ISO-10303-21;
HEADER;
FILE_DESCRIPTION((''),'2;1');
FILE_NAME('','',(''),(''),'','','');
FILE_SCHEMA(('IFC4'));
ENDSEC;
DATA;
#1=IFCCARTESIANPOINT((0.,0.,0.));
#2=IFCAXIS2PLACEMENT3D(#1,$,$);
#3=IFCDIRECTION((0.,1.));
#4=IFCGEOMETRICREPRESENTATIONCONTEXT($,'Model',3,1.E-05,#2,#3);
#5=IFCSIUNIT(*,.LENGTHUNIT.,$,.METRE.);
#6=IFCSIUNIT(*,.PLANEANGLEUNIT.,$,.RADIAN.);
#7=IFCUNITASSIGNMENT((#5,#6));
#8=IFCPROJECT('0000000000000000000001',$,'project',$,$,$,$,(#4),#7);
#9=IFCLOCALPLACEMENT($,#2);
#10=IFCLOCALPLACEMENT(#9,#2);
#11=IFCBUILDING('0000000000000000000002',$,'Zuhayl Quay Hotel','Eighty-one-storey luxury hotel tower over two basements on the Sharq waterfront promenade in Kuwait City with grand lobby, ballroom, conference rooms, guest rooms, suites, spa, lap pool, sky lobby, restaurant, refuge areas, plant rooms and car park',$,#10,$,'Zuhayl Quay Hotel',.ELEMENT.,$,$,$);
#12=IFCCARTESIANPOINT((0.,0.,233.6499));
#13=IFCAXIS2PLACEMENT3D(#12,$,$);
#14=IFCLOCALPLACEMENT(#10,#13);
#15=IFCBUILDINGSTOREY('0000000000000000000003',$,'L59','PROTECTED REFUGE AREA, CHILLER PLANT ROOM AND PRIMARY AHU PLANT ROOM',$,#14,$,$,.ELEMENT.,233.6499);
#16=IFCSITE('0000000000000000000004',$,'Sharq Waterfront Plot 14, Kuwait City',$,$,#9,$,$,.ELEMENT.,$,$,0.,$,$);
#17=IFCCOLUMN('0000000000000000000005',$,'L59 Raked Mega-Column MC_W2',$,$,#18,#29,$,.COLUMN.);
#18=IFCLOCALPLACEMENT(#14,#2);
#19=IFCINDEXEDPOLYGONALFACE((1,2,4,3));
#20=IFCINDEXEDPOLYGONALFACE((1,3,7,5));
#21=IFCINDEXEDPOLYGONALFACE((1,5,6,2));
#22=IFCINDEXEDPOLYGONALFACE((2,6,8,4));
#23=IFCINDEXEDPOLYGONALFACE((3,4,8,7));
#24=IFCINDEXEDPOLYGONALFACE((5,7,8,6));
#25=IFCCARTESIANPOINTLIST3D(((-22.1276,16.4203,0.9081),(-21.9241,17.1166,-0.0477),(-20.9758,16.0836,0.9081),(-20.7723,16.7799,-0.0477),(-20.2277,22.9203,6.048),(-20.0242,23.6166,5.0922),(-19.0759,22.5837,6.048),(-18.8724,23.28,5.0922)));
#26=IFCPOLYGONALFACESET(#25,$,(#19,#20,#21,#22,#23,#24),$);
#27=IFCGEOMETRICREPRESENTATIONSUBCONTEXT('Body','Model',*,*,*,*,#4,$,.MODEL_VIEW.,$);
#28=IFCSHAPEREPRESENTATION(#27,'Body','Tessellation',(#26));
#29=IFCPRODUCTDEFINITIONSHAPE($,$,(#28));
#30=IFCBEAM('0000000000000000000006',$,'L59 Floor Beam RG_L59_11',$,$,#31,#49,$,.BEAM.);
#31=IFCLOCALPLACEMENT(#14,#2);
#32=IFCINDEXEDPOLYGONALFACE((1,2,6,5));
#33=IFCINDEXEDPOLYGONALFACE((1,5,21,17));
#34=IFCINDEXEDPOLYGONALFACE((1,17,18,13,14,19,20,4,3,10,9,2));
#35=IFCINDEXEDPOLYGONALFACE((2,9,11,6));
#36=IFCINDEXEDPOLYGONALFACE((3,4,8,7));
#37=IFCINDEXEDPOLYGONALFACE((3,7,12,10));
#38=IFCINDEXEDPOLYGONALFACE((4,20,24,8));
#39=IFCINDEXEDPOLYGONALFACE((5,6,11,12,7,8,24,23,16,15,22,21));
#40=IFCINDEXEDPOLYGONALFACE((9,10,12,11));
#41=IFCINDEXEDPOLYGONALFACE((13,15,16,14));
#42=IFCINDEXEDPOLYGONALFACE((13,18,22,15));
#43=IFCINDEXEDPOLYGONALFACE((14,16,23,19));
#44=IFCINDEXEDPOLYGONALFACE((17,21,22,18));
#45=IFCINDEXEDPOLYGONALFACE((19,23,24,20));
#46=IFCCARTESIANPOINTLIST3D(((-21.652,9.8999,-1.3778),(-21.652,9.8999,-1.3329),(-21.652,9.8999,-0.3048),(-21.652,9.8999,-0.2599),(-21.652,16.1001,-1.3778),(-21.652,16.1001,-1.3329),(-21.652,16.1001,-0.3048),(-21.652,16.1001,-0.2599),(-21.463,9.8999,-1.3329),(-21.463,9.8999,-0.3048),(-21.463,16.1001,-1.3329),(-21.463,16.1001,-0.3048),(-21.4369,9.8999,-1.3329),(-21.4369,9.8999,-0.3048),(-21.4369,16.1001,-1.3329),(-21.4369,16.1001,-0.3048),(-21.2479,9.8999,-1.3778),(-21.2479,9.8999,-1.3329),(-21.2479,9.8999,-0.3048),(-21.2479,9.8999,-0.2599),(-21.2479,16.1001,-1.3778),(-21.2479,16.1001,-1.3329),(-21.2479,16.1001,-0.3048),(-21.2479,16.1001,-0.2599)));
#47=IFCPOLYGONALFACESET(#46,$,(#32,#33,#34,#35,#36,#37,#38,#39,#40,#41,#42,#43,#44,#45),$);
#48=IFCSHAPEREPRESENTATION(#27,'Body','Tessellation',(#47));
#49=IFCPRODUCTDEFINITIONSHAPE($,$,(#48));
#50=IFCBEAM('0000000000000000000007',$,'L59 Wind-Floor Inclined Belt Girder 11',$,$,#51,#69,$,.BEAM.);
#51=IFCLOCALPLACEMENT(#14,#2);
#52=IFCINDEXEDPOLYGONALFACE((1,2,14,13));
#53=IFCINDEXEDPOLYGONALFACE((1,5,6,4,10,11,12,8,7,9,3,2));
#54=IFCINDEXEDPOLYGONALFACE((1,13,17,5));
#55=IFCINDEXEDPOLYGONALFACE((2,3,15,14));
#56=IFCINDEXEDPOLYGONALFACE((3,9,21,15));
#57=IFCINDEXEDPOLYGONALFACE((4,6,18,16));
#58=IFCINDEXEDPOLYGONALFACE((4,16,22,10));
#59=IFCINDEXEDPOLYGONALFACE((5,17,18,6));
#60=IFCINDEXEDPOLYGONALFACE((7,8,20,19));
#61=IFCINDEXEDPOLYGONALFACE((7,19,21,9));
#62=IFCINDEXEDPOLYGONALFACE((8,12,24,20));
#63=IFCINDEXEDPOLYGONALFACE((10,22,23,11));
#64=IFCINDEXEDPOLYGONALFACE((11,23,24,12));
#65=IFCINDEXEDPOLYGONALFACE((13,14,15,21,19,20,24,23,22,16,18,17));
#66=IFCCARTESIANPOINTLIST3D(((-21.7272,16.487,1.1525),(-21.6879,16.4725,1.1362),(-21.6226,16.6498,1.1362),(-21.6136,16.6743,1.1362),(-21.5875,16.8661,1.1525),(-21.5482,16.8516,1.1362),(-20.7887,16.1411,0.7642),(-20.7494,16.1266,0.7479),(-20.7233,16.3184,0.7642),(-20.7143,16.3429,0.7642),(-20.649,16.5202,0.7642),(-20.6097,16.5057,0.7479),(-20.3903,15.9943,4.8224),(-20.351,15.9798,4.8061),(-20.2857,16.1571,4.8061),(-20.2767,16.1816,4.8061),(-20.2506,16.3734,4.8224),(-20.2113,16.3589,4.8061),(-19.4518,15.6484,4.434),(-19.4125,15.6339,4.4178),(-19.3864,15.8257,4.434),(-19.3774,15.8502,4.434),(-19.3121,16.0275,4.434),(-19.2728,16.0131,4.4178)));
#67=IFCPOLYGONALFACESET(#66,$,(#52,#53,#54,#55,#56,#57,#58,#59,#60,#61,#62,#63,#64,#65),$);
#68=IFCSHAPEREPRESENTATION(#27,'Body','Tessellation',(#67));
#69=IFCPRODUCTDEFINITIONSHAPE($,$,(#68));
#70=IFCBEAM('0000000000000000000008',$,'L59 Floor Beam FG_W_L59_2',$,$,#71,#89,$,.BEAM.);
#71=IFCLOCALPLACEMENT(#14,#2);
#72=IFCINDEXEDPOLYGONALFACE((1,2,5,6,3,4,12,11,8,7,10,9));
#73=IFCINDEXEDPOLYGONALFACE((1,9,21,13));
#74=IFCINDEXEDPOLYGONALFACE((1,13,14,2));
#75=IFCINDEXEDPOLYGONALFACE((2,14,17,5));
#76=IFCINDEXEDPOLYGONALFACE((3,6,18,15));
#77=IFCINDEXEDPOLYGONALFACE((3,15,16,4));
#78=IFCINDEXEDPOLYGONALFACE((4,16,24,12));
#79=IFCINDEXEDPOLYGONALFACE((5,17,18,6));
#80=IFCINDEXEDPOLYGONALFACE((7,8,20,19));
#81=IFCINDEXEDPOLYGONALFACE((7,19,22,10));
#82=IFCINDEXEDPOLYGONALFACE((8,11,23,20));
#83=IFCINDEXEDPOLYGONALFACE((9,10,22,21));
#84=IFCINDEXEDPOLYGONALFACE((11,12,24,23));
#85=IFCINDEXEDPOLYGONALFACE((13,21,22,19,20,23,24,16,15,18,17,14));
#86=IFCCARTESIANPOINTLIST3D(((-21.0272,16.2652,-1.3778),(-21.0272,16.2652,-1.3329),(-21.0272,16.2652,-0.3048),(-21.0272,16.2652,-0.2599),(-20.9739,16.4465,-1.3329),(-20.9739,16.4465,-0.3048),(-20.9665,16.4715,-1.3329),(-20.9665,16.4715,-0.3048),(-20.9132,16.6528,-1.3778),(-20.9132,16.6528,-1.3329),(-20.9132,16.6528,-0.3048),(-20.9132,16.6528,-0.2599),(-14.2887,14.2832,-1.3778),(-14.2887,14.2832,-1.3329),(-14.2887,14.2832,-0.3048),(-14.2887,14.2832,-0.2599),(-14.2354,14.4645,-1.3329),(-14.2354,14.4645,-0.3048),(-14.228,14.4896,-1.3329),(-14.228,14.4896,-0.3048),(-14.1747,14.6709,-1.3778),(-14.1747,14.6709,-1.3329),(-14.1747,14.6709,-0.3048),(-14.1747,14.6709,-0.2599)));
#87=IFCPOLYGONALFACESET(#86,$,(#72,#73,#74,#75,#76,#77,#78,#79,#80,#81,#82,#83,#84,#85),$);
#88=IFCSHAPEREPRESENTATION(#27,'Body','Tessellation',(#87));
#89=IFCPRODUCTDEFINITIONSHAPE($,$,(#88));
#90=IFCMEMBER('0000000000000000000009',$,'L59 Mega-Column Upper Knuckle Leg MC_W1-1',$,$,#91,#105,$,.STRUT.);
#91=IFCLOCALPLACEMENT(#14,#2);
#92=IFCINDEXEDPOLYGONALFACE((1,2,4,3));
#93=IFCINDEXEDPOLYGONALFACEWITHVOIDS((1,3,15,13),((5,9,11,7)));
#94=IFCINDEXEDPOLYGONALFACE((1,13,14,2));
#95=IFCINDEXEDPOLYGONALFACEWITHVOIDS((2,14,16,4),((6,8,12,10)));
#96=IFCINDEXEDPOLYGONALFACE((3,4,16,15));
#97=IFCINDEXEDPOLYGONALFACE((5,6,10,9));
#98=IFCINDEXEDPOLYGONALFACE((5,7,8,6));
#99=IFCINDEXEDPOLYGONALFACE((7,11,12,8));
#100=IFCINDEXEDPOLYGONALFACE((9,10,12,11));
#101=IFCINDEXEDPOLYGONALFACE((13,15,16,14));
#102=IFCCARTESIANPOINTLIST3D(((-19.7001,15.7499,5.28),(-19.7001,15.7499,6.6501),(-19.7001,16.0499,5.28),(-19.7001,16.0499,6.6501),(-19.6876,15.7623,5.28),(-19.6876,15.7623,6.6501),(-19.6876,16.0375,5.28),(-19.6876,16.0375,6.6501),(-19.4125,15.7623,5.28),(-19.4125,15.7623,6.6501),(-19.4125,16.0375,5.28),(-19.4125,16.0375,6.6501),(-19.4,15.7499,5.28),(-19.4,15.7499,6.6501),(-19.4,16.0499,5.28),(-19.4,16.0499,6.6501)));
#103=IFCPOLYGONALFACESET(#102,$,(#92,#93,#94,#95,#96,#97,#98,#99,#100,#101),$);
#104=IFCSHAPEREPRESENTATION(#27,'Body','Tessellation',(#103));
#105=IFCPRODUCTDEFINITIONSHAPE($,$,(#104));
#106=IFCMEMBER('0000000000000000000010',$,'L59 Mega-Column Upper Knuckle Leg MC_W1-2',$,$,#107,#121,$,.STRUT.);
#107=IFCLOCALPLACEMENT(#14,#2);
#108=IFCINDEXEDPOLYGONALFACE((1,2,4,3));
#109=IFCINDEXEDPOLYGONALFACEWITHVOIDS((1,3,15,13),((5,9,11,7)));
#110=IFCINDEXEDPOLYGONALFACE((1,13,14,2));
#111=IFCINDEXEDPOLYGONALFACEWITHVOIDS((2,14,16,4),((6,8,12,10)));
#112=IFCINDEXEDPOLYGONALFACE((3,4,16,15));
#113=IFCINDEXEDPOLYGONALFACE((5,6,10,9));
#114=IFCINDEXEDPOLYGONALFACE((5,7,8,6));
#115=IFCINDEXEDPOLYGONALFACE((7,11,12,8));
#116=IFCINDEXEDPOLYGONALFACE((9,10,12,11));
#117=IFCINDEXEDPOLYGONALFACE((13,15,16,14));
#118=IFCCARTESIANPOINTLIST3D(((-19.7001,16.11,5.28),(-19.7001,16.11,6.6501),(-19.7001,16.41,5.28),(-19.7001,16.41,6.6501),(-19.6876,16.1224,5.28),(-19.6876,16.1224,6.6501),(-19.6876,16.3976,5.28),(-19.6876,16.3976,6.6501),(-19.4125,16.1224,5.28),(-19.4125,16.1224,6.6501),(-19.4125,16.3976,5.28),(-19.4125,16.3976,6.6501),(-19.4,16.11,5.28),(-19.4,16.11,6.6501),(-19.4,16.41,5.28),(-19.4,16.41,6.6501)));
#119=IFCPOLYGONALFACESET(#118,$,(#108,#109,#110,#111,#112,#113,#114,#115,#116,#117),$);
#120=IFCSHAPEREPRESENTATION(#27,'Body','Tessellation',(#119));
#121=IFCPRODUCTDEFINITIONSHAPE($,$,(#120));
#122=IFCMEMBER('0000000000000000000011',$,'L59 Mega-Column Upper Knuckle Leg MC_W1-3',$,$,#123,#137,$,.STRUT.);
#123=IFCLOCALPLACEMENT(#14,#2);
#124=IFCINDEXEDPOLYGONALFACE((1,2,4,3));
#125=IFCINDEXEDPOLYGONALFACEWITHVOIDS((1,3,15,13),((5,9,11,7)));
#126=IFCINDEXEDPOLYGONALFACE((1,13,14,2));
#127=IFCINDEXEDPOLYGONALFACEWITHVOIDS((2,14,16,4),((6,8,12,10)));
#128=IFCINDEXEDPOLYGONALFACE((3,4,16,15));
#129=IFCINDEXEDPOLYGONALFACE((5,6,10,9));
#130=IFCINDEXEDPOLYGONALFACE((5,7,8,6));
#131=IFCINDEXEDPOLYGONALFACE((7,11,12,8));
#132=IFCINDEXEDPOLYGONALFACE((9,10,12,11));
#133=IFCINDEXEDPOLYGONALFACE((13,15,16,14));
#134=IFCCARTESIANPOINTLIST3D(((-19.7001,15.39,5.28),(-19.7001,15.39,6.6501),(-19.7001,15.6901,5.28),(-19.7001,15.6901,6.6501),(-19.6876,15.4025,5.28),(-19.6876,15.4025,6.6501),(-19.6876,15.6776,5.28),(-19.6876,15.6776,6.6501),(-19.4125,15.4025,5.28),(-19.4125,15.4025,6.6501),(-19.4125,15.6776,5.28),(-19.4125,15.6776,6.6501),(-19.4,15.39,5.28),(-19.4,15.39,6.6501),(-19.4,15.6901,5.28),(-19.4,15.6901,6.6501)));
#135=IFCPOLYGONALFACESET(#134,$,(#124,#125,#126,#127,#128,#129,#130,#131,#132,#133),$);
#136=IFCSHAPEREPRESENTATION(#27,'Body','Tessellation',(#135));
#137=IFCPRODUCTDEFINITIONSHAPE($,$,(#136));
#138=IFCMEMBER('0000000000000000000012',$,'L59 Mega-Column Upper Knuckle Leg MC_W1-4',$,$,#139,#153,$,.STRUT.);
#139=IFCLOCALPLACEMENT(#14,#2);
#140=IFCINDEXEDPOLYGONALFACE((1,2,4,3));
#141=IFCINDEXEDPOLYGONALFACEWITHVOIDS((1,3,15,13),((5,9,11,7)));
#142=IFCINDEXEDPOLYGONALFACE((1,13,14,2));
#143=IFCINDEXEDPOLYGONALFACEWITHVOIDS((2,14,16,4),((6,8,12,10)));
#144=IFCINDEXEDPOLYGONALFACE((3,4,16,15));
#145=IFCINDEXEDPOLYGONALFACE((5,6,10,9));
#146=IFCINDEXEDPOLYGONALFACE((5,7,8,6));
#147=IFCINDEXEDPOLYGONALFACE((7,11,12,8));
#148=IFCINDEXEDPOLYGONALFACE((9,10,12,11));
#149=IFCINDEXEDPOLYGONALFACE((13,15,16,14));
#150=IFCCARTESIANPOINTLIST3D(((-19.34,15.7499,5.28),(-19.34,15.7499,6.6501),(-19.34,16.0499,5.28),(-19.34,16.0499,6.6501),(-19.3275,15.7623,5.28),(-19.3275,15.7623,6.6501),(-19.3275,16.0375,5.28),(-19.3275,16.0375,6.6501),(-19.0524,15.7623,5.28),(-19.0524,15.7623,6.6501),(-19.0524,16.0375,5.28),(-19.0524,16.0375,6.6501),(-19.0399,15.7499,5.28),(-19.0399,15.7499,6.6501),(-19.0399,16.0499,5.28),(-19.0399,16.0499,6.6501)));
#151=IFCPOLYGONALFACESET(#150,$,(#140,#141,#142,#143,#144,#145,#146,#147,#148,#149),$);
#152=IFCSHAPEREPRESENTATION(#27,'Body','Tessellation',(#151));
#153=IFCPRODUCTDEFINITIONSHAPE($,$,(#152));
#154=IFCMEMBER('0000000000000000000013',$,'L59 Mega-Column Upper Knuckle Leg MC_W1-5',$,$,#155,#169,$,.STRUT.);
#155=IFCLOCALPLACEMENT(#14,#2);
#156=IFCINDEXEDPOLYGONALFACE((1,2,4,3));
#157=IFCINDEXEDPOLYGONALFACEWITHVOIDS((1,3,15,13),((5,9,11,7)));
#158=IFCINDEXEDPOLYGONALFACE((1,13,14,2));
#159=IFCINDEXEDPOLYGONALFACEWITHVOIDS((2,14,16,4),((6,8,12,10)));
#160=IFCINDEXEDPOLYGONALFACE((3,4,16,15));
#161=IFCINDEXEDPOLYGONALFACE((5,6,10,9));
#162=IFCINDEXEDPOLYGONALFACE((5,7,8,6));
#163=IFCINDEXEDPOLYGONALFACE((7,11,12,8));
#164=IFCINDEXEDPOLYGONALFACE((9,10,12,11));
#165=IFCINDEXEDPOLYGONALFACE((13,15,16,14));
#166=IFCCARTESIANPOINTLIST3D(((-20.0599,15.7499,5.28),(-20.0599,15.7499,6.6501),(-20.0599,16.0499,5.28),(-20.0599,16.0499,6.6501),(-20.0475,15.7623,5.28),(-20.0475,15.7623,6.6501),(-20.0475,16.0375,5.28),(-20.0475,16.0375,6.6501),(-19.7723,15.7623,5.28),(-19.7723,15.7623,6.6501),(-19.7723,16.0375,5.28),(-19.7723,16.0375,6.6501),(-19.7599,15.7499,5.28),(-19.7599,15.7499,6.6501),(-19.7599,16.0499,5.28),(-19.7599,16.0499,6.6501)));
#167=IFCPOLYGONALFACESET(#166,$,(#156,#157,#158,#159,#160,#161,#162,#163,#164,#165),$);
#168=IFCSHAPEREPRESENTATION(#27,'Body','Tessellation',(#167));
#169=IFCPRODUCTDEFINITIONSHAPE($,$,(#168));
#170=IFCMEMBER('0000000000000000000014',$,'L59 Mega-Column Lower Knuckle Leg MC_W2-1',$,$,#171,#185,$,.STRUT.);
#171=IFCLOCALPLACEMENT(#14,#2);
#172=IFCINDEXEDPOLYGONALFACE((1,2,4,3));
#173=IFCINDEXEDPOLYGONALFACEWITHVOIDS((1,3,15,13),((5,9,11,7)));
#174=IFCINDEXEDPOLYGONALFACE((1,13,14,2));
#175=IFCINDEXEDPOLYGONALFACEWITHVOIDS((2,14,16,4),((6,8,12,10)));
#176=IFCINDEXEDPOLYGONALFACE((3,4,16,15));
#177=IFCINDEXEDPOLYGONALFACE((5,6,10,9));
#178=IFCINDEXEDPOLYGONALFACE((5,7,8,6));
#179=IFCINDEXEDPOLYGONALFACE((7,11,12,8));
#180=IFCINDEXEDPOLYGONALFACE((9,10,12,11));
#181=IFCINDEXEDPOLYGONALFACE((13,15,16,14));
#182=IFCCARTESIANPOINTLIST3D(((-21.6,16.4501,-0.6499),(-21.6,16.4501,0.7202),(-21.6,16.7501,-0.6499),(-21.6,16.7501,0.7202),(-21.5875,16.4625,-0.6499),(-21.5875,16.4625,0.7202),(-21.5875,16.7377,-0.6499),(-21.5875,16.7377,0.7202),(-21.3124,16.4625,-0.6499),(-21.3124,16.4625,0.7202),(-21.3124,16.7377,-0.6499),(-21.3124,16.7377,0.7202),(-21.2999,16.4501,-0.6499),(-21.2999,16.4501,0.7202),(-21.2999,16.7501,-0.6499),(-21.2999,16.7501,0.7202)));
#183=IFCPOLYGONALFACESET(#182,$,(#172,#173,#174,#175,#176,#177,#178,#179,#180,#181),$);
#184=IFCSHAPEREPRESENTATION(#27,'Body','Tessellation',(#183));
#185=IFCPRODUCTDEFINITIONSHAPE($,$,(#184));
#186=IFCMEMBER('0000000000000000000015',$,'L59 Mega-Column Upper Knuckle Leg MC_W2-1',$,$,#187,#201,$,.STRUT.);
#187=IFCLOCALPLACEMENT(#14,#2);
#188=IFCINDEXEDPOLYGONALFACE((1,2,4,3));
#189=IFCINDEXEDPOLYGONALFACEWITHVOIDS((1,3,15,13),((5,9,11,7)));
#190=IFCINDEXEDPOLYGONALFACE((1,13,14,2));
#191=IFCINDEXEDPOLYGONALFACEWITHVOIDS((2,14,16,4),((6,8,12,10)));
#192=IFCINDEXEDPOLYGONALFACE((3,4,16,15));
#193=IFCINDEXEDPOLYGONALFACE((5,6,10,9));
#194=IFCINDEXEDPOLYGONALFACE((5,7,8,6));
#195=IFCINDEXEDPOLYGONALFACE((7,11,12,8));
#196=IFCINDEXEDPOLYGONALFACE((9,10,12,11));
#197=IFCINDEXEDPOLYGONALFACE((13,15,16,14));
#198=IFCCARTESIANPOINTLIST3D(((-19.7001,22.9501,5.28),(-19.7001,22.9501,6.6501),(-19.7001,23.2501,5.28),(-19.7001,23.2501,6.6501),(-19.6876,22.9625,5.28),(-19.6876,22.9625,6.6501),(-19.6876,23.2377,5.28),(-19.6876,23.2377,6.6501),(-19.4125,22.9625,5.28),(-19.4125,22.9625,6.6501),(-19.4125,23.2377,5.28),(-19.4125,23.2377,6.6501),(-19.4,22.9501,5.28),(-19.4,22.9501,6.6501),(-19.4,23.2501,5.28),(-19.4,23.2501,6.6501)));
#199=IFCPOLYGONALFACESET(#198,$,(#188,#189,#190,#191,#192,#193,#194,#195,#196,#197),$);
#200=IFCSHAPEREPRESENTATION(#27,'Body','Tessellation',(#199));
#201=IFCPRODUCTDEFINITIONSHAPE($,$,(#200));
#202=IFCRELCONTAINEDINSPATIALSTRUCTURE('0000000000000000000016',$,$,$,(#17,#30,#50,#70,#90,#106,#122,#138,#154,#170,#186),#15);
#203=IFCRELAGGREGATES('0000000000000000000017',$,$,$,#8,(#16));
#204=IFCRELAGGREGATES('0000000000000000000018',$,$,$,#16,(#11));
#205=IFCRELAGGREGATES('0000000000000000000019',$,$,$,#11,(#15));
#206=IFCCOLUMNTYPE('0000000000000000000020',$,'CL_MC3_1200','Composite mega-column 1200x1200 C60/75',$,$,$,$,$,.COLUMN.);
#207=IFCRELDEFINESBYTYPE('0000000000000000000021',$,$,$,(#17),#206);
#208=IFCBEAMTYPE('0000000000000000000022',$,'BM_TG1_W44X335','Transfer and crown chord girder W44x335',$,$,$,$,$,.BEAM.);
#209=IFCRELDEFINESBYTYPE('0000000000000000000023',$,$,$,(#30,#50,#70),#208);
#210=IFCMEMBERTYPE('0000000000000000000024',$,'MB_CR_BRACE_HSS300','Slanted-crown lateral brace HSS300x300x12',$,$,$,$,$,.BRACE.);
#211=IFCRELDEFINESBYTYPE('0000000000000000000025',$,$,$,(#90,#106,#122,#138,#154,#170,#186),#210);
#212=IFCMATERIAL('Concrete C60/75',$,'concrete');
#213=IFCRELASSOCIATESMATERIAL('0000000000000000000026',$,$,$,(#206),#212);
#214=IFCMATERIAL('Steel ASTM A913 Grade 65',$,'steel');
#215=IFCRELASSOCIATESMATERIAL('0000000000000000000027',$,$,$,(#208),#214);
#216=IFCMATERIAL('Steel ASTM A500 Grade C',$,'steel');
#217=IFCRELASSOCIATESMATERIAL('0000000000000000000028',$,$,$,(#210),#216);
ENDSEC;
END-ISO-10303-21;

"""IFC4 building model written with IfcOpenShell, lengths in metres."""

from ifc_helpers import new_model, si_unit, direction, frame, origin, origin_2d, place, context, subcontext, project, spatial, rectangle, hollow_rectangle, i_section, extrude, material, material_profile, profile_set, type_object, element, save


model = new_model("IFC4")

# Units and contexts
model_context = context("Model", 3, precision=1e-05, world=origin(), true_north=direction((0.0, 1.0)))
body_context = subcontext(model_context, "Body", "Model", "MODEL_VIEW")
ifc_project = project(units=[si_unit("LENGTHUNIT", "METRE"), si_unit("PLANEANGLEUNIT", "RADIAN")], contexts=[model_context])

# Site, building, storey
site_placement = place(None, origin())
site = spatial("IfcSite", under=ifc_project, at=site_placement, Name="Sharq Waterfront Plot 14, Kuwait City", CompositionType="ELEMENT", RefElevation=0.0)
building_placement = place(site_placement, origin())
building = spatial("IfcBuilding", under=site, at=building_placement, Name="Zuhayl Quay Hotel", Description="Eighty-one-storey luxury hotel tower over two basements on the Sharq waterfront promenade in Kuwait City with grand lobby, ballroom, conference rooms, guest rooms, suites, spa, lap pool, sky lobby, restaurant, refuge areas, plant rooms and car park", LongName="Zuhayl Quay Hotel", CompositionType="ELEMENT")
storey_placement = place(building_placement, frame((0.0, 0.0, 233.6499)))
storey = spatial("IfcBuildingStorey", under=building, at=storey_placement, Name="L59", Description="PROTECTED REFUGE AREA, CHILLER PLANT ROOM AND PRIMARY AHU PLANT ROOM", CompositionType="ELEMENT", Elevation=233.6499)

# Column
ifc_material_1 = material(Name="Concrete C60/75", Category="concrete")
ifc_material_profile_1 = material_profile(ifc_material_1, rectangle(XDim=1.2, YDim=1.2, at=origin_2d()), Name="RC1200X1200")
ifc_profile_set_1 = profile_set([ifc_material_profile_1], Name="Concrete C60/75")
column_type = type_object("IfcColumnType", Name="CL_MC3_1200", Description="Composite mega-column 1200x1200 C60/75", PredefinedType="COLUMN", material=ifc_profile_set_1)
column_placement = place(storey_placement, frame((-21.45, 16.6001, 0.4302), z_axis=(0.223474, 0.764557, 0.604576), x_axis=(-0.959838, 0.280554, 0.0)))
element("IfcColumn", 1, at=column_placement, inside=storey, type_object=column_type, Name="L59 Raked Mega-Column MC_W2", PredefinedType="COLUMN", context=body_context, shape_type="SweptSolid", body=[
    extrude(rectangle(XDim=1.2, YDim=1.2, at=origin_2d()), origin(), (0.0, 0.0, 1.0), 8.5017),
])

# Beams
ifc_material_2 = material(Name="Steel ASTM A913 Grade 65", Category="steel")
ifc_material_profile_2 = material_profile(ifc_material_2, i_section(OverallWidth=0.4041, OverallDepth=1.1179, WebThickness=0.0261, FlangeThickness=0.0449, at=origin_2d()), Name="W44X335")
ifc_profile_set_2 = profile_set([ifc_material_profile_2], Name="Steel ASTM A913 Grade 65")
beam_type = type_object("IfcBeamType", Name="BM_TG1_W44X335", Description="Transfer and crown chord girder W44x335", PredefinedType="BEAM", material=ifc_profile_set_2)
beam_1_placement = place(storey_placement, frame((-21.45, 16.1001, -0.8188), z_axis=(0.0, -1.0, 0.0), x_axis=(1.0, 0.0, 0.0)))
element("IfcBeam", 2, at=beam_1_placement, inside=storey, type_object=beam_type, Name="L59 Floor Beam RG_L59_11", PredefinedType="BEAM", context=body_context, shape_type="SweptSolid", body=[
    extrude(i_section(OverallWidth=0.4041, OverallDepth=1.1179, WebThickness=0.0261, FlangeThickness=0.0449, at=origin_2d()), origin(), (0.0, 0.0, 1.0), 6.2002),
])
beam_2_placement = place(storey_placement, frame((-21.1685, 16.4963, 0.9502), z_axis=(0.339594, -0.125146, 0.932209), x_axis=(0.345785, 0.938314, 0.0)))
element("IfcBeam", 3, at=beam_2_placement, inside=storey, type_object=beam_type, Name="L59 Wind-Floor Inclined Belt Girder 11", PredefinedType="BEAM", context=body_context, shape_type="SweptSolid", body=[
    extrude(i_section(OverallWidth=0.4041, OverallDepth=1.1179, WebThickness=0.0261, FlangeThickness=0.0449, at=origin_2d()), origin(), (0.0, 0.0, 1.0), 3.9368),
])
beam_3_placement = place(storey_placement, frame((-20.9702, 16.459, -0.8188), z_axis=(0.959365, -0.282168, 0.0), x_axis=(0.282168, 0.959365, 0.0)))
element("IfcBeam", 4, at=beam_3_placement, inside=storey, type_object=beam_type, Name="L59 Floor Beam FG_W_L59_2", PredefinedType="BEAM", context=body_context, shape_type="SweptSolid", body=[
    extrude(i_section(OverallWidth=0.4041, OverallDepth=1.1179, WebThickness=0.0261, FlangeThickness=0.0449, at=origin_2d()), origin(), (0.0, 0.0, 1.0), 7.0239),
])

# Members
ifc_material_3 = material(Name="Steel ASTM A500 Grade C", Category="steel")
ifc_material_profile_3 = material_profile(ifc_material_3, hollow_rectangle(XDim=0.3, YDim=0.3, WallThickness=0.0125, at=origin_2d()), Name="HSS300X300X12")
ifc_profile_set_3 = profile_set([ifc_material_profile_3], Name="Steel ASTM A500 Grade C")
member_type_1 = type_object("IfcMemberType", Name="MB_CR_BRACE_HSS300", Description="Slanted-crown lateral brace HSS300x300x12", PredefinedType="BRACE", material=ifc_profile_set_3)
for number, where, z_axis, x_axis, name in (
    (5, (-19.55, 15.8999, 5.28), (0.0, 0.0, 1.0), (1.0, 0.0, 0.0), "L59 Mega-Column Upper Knuckle Leg MC_W1-1"),
    (6, (-19.55, 16.26, 5.28), (0.0, 0.0, 1.0), (1.0, 0.0, 0.0), "L59 Mega-Column Upper Knuckle Leg MC_W1-2"),
    (7, (-19.55, 15.54, 5.28), (0.0, 0.0, 1.0), (1.0, 0.0, 0.0), "L59 Mega-Column Upper Knuckle Leg MC_W1-3"),
    (8, (-19.1899, 15.8999, 5.28), (0.0, 0.0, 1.0), (1.0, 0.0, 0.0), "L59 Mega-Column Upper Knuckle Leg MC_W1-4"),
    (9, (-19.9099, 15.8999, 5.28), (0.0, 0.0, 1.0), (1.0, 0.0, 0.0), "L59 Mega-Column Upper Knuckle Leg MC_W1-5"),
    (10, (-21.45, 16.6001, -0.6499), (0.0, 0.0, 1.0), (1.0, 0.0, 0.0), "L59 Mega-Column Lower Knuckle Leg MC_W2-1"),
    (11, (-19.55, 23.1001, 5.28), (0.0, 0.0, 1.0), (1.0, 0.0, 0.0), "L59 Mega-Column Upper Knuckle Leg MC_W2-1"),
):
    element("IfcMember", number, at=place(storey_placement, frame(where, z_axis=z_axis, x_axis=x_axis)), inside=storey, type_object=member_type_1, Name=name, PredefinedType="STRUT", context=body_context, shape_type="SweptSolid", body=[
        extrude(hollow_rectangle(XDim=0.3, YDim=0.3, WallThickness=0.0125, at=origin_2d()), origin(), (0.0, 0.0, 1.0), 1.3701),
    ])

save(model, "model.ifc")
